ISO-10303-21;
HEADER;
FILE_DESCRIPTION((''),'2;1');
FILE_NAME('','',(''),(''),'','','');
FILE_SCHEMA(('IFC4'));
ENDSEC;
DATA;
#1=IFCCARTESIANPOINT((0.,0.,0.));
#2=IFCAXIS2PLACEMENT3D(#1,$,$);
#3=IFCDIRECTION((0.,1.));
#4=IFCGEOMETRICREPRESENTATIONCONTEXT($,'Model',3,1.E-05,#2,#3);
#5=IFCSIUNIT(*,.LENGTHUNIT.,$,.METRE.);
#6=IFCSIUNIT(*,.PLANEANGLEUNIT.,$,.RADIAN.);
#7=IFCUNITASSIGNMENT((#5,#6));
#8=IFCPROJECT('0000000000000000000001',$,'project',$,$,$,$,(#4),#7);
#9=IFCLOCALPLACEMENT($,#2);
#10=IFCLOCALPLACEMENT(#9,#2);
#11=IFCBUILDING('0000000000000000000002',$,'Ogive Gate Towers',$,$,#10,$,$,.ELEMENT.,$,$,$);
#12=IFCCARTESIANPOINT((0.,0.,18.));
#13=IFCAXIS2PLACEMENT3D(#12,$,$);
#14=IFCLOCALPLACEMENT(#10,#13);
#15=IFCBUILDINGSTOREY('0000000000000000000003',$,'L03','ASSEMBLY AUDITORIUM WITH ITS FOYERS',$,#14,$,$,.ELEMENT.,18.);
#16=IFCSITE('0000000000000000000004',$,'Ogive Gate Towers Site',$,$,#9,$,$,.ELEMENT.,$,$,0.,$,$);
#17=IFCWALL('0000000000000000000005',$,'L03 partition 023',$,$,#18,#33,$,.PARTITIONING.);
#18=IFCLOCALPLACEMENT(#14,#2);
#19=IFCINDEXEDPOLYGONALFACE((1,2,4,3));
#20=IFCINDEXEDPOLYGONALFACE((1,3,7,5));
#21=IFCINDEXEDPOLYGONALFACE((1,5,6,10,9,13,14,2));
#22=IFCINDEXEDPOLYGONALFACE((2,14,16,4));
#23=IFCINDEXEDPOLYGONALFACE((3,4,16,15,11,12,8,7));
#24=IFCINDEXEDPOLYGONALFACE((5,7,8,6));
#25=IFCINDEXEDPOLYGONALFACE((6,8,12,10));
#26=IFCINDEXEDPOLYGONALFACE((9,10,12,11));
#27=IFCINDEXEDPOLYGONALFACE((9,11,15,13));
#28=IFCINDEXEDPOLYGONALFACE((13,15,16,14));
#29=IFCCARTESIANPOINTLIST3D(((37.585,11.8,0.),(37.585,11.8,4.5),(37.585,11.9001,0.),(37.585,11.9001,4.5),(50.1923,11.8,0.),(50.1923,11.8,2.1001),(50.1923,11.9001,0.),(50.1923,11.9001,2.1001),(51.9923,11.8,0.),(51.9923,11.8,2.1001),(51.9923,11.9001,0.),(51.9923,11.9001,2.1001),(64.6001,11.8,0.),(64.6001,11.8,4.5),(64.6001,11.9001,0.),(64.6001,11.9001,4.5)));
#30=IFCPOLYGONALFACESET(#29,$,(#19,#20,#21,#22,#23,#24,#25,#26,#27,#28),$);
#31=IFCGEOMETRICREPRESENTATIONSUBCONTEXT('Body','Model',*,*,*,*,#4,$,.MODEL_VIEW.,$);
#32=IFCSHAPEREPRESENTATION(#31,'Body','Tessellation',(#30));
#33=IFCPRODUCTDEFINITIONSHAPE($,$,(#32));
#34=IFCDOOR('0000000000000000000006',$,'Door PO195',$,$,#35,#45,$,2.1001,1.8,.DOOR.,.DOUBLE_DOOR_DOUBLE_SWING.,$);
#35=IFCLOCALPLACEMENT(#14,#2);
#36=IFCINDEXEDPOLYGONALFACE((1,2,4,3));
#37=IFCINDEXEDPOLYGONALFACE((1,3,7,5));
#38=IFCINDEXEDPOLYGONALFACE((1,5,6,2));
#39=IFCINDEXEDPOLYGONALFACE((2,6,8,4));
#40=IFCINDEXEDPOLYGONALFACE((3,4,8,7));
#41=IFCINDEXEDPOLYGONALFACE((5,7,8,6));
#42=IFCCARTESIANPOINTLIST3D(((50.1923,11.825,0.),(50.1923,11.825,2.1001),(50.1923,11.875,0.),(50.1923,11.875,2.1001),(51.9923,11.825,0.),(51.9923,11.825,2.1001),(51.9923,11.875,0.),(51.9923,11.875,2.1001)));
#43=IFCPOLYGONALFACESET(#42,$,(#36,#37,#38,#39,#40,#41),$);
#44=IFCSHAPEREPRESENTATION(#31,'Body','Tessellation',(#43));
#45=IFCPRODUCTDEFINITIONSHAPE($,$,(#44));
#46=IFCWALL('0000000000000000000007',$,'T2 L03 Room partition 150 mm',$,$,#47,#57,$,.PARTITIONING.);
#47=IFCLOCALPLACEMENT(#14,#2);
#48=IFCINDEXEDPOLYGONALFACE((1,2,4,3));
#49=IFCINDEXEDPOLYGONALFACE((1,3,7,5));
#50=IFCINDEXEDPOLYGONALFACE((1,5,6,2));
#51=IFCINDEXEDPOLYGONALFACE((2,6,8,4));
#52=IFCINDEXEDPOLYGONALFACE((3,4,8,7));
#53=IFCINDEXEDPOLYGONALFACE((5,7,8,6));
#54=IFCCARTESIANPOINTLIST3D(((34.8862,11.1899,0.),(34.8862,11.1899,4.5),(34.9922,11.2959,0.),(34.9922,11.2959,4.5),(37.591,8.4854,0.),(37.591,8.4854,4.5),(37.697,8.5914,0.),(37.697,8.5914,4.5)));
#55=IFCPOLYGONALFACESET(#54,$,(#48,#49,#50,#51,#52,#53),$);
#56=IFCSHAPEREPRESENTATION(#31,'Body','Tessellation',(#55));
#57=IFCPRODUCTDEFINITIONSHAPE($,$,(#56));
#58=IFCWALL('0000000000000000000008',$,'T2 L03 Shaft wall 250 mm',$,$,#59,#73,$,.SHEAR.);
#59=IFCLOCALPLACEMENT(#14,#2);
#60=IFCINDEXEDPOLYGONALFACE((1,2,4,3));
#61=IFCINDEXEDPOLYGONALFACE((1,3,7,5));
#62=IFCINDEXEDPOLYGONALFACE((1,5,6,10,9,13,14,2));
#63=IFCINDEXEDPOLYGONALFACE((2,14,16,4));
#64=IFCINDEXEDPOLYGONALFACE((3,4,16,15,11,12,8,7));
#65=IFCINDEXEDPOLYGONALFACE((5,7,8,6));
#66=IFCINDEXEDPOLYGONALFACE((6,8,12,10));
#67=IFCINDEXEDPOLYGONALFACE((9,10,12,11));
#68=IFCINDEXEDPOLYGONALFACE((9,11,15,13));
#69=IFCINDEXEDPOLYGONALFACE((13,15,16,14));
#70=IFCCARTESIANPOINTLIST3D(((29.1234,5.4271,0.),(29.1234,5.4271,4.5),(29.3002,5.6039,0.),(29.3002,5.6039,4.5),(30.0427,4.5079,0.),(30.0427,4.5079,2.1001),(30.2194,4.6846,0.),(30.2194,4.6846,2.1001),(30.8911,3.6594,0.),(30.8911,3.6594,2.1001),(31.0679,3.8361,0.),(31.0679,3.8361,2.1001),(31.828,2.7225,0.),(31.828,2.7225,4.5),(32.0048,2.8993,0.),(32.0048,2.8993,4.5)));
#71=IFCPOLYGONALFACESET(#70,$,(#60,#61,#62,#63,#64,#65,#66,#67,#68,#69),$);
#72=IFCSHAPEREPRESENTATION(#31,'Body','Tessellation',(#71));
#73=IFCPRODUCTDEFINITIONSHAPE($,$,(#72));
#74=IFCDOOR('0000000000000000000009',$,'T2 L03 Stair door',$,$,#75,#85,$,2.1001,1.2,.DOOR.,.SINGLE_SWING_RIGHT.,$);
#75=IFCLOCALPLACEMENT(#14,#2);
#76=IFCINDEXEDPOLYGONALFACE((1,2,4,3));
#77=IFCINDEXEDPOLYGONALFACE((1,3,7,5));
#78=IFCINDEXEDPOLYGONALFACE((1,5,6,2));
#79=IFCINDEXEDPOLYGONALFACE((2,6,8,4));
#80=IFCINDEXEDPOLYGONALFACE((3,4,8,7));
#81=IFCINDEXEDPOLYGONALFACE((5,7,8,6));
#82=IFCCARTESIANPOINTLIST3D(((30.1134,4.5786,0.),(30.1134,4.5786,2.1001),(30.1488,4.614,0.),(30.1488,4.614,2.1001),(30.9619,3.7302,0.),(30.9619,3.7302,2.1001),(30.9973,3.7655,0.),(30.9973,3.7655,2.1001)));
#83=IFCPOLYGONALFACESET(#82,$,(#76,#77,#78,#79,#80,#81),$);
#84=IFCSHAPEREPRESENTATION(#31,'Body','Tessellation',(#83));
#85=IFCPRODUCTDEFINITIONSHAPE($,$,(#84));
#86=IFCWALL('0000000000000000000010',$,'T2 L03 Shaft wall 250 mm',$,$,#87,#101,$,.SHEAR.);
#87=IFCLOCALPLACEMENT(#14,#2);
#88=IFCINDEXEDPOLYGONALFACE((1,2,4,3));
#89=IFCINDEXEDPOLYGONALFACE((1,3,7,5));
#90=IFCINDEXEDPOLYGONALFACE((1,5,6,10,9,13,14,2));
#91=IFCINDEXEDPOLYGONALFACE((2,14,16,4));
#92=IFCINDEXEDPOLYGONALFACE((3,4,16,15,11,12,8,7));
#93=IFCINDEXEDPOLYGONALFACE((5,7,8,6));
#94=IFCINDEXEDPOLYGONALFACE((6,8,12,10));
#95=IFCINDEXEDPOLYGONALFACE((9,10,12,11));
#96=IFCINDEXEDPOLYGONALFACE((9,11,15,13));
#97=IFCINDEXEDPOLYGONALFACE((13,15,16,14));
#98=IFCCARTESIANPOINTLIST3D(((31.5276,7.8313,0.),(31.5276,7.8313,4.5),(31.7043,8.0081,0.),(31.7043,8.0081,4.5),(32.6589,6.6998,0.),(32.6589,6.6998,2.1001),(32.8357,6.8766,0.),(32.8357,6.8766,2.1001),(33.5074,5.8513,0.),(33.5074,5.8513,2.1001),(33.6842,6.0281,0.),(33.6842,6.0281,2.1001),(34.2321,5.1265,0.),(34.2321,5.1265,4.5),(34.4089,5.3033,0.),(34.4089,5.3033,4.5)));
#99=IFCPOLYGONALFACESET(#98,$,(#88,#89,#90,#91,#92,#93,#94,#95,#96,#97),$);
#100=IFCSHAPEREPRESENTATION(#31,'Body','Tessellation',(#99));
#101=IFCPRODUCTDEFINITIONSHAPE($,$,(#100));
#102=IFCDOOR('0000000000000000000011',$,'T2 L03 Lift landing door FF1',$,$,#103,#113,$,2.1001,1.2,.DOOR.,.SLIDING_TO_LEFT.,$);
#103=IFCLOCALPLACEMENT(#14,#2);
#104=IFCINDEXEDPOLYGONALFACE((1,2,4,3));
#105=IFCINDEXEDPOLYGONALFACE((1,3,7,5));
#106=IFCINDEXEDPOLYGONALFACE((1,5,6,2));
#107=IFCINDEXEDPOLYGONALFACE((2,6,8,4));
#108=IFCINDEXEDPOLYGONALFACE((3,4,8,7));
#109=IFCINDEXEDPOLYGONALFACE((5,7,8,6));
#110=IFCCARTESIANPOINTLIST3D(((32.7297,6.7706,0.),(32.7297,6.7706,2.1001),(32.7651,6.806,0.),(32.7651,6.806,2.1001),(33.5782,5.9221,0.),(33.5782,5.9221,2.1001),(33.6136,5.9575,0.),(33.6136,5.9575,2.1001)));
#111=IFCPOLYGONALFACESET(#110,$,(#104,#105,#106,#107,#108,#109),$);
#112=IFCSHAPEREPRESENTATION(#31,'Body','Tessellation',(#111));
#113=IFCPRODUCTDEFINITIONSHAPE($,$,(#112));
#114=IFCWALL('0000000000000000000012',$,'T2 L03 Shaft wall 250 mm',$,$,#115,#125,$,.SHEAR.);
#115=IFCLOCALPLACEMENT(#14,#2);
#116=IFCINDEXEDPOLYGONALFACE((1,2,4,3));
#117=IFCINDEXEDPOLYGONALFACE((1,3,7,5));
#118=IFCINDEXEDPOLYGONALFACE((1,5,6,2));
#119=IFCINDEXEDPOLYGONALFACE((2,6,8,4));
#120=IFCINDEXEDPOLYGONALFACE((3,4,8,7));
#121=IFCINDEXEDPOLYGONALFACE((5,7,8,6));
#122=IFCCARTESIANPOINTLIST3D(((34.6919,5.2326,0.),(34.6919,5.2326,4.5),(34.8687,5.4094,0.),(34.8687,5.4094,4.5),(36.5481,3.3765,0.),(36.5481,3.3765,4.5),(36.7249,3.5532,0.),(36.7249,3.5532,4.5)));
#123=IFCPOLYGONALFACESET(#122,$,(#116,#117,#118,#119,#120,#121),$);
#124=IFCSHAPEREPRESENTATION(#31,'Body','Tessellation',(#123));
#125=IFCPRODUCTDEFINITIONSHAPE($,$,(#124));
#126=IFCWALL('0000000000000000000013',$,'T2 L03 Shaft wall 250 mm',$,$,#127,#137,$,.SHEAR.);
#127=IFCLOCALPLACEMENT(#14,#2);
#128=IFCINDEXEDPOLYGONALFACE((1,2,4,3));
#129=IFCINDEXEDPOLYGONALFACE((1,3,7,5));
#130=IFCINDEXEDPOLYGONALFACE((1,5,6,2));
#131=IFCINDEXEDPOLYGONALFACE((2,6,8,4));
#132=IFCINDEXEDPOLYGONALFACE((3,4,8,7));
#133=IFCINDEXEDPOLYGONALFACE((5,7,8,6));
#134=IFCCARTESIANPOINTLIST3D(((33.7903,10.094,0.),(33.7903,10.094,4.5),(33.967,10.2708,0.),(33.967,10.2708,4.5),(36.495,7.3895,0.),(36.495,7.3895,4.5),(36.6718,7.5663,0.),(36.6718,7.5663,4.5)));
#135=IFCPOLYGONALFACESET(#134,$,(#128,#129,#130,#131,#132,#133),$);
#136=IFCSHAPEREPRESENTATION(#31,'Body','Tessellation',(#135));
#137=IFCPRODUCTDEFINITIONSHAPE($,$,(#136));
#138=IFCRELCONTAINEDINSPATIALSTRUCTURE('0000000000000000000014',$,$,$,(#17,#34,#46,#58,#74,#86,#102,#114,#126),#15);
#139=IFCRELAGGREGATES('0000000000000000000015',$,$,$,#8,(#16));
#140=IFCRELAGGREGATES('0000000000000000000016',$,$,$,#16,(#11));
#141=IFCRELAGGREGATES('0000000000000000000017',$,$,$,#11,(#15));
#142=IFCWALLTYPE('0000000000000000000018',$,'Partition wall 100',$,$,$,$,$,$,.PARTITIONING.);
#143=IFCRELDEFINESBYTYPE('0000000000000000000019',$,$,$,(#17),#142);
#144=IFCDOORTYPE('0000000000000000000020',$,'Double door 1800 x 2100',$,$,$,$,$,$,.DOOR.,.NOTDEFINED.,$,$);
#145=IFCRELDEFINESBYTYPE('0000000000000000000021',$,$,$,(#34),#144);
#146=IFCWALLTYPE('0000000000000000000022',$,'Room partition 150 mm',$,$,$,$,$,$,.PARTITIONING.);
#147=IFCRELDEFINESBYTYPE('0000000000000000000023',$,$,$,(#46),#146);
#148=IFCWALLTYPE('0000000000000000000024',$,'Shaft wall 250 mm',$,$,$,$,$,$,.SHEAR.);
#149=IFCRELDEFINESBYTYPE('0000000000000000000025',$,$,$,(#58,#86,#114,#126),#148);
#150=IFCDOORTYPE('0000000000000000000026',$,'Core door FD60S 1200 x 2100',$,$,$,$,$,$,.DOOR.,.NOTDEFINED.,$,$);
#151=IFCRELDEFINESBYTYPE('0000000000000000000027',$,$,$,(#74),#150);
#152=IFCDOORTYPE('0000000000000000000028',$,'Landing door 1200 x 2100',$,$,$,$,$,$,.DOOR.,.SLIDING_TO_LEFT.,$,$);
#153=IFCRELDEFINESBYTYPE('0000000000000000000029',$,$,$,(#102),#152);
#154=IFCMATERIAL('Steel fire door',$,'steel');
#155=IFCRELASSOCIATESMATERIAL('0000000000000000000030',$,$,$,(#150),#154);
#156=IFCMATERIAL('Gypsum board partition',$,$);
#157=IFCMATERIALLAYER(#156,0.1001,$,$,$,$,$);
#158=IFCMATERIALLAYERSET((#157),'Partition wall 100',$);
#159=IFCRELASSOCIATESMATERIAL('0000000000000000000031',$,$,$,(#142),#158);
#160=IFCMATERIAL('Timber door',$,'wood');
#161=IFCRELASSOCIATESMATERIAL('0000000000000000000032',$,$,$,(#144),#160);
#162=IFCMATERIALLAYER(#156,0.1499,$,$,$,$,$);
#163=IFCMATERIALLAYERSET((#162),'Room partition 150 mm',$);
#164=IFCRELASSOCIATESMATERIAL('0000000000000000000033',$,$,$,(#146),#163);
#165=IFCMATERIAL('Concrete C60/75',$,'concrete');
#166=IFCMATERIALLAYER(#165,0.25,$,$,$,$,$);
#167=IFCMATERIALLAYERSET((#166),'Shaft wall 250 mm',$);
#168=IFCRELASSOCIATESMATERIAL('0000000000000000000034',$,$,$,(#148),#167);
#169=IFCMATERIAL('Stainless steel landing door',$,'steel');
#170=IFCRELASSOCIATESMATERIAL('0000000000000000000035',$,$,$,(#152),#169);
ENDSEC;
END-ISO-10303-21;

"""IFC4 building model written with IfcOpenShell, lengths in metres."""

from ifc_helpers import new_model, si_unit, direction, frame, frame_2d, origin, place, context, subcontext, project, spatial, rectangle, extrude, material, layer, layer_set, type_object, element, fill, save


model = new_model("IFC4")

# Units and contexts
model_context = context("Model", 3, precision=1e-05, world=origin(), true_north=direction((0.0, 1.0)))
body_context = subcontext(model_context, "Body", "Model", "MODEL_VIEW")
ifc_project = project(units=[si_unit("LENGTHUNIT", "METRE"), si_unit("PLANEANGLEUNIT", "RADIAN")], contexts=[model_context])

# Site, building, storey
site_placement = place(None, origin())
site = spatial("IfcSite", under=ifc_project, at=site_placement, Name="Ogive Gate Towers Site", CompositionType="ELEMENT", RefElevation=0.0)
building_placement = place(site_placement, origin())
building = spatial("IfcBuilding", under=site, at=building_placement, Name="Ogive Gate Towers", CompositionType="ELEMENT")
storey_placement = place(building_placement, frame((0.0, 0.0, 18.0)))
storey = spatial("IfcBuildingStorey", under=building, at=storey_placement, Name="L03", Description="ASSEMBLY AUDITORIUM WITH ITS FOYERS", CompositionType="ELEMENT", Elevation=18.0)

# Shared definitions
ifc_material_1 = material(Name="Concrete C60/75", Category="concrete")
ifc_material_2 = material(Name="Timber door", Category="wood")
ifc_material_3 = material(Name="Steel fire door", Category="steel")
door_type_1 = type_object("IfcDoorType", Name="Core door FD60S 1200 x 2100", OperationType="NOTDEFINED", PredefinedType="DOOR", material=ifc_material_3)

# Wall, opening, door
ifc_material_4 = material(Name="Gypsum board partition")
ifc_layer_1 = layer(ifc_material_4, 0.1001)
ifc_layer_set_1 = layer_set([ifc_layer_1], Name="Partition wall 100")
wall_type_1 = type_object("IfcWallType", Name="Partition wall 100", PredefinedType="PARTITIONING", material=ifc_layer_set_1)
wall_1_placement = place(storey_placement, frame((37.585, 11.8501, 0.0), z_axis=(0.0, 0.0, 1.0), x_axis=(1.0, 0.0, 0.0)))
wall_1 = element("IfcWall", 1, at=wall_1_placement, inside=storey, type_object=wall_type_1, Name="L03 partition 023", PredefinedType="PARTITIONING", context=body_context, shape_type="SweptSolid", body=[
    extrude(rectangle(XDim=27.0151, YDim=0.1001, at=frame_2d((13.5076, 0.0))), origin(), (0.0, 0.0, 1.0), 4.5),
])
opening_1_placement = place(wall_1_placement, frame((12.6074, 0.0, 0.0)))
opening_1 = element("IfcOpeningElement", 2, at=opening_1_placement, cuts=wall_1, PredefinedType="OPENING", context=body_context, shape_type="SweptSolid", body=[
    extrude(rectangle(XDim=1.8, YDim=2.1001, at=frame_2d((0.8999, 1.05))), frame((0.0, 0.0601, 0.0), z_axis=(0.0, -1.0, 0.0), x_axis=(1.0, 0.0, 0.0)), (0.0, 0.0, 1.0), 0.1201),
])
door_type_2 = type_object("IfcDoorType", Name="Double door 1800 x 2100", OperationType="NOTDEFINED", PredefinedType="DOOR", material=ifc_material_2)
door_1_placement = place(opening_1_placement, origin())
door_1 = element("IfcDoor", 3, at=door_1_placement, inside=storey, type_object=door_type_2, Name="Door PO195", OperationType="DOUBLE_DOOR_DOUBLE_SWING", OverallHeight=2.1001, OverallWidth=1.8, PredefinedType="DOOR", context=body_context, shape_type="SweptSolid", body=[
    extrude(rectangle(XDim=1.8, YDim=2.1001, at=frame_2d((0.8999, 1.05))), frame((0.0, 0.0249, 0.0), z_axis=(0.0, -1.0, 0.0), x_axis=(1.0, 0.0, 0.0)), (0.0, 0.0, 1.0), 0.05),
])
fill(opening_1, door_1)

# Wall
ifc_layer_2 = layer(ifc_material_4, 0.1499)
ifc_layer_set_2 = layer_set([ifc_layer_2], Name="Room partition 150 mm")
wall_type_2 = type_object("IfcWallType", Name="Room partition 150 mm", PredefinedType="PARTITIONING", material=ifc_layer_set_2)
wall_2_placement = place(storey_placement, frame((37.644, 8.5383, 0.0), z_axis=(0.0, 0.0, 1.0), x_axis=(-0.707139, 0.707075, 0.0)))
element("IfcWall", 4, at=wall_2_placement, inside=storey, type_object=wall_type_2, Name="T2 L03 Room partition 150 mm", PredefinedType="PARTITIONING", context=body_context, shape_type="SweptSolid", body=[
    extrude(rectangle(XDim=3.825, YDim=0.1499, at=frame_2d((1.9126, 0.0))), origin(), (0.0, 0.0, 1.0), 4.5),
])

# Walls, openings, doors
ifc_layer_3 = layer(ifc_material_1, 0.25)
ifc_layer_set_3 = layer_set([ifc_layer_3], Name="Shaft wall 250 mm")
wall_type_3 = type_object("IfcWallType", Name="Shaft wall 250 mm", PredefinedType="SHEAR", material=ifc_layer_set_3)
wall_3_placement = place(storey_placement, frame((31.9165, 2.8108, 0.0), z_axis=(0.0, 0.0, 1.0), x_axis=(-0.707107, 0.707107, 0.0)))
wall_3 = element("IfcWall", 5, at=wall_3_placement, inside=storey, type_object=wall_type_3, Name="T2 L03 Shaft wall 250 mm", PredefinedType="SHEAR", context=body_context, shape_type="SweptSolid", body=[
    extrude(rectangle(XDim=3.825, YDim=0.25, at=frame_2d((1.9126, 0.0))), origin(), (0.0, 0.0, 1.0), 4.5),
])
opening_2_placement = place(wall_3_placement, frame((1.325, 0.0, 0.0)))
opening_2 = element("IfcOpeningElement", 6, at=opening_2_placement, cuts=wall_3, PredefinedType="OPENING", context=body_context, shape_type="SweptSolid", body=[
    extrude(rectangle(XDim=1.2, YDim=2.1001, at=frame_2d((0.6001, 1.05))), frame((0.0, 0.135, 0.0), z_axis=(0.0, -1.0, 0.0), x_axis=(1.0, 0.0, 0.0)), (0.0, 0.0, 1.0), 0.27),
])
door_2_placement = place(opening_2_placement, origin())
door_2 = element("IfcDoor", 7, at=door_2_placement, inside=storey, type_object=door_type_1, Name="T2 L03 Stair door", OperationType="SINGLE_SWING_RIGHT", OverallHeight=2.1001, OverallWidth=1.2, PredefinedType="DOOR", context=body_context, shape_type="SweptSolid", body=[
    extrude(rectangle(XDim=1.2, YDim=2.1001, at=frame_2d((0.6001, 1.05))), frame((0.0, 0.0249, 0.0), z_axis=(0.0, -1.0, 0.0), x_axis=(1.0, 0.0, 0.0)), (0.0, 0.0, 1.0), 0.05),
])
fill(opening_2, door_2)
wall_4_placement = place(storey_placement, frame((34.3206, 5.2148, 0.0), z_axis=(0.0, 0.0, 1.0), x_axis=(-0.707075, 0.707139, 0.0)))
wall_4 = element("IfcWall", 8, at=wall_4_placement, inside=storey, type_object=wall_type_3, Name="T2 L03 Shaft wall 250 mm", PredefinedType="SHEAR", context=body_context, shape_type="SweptSolid", body=[
    extrude(rectangle(XDim=3.825, YDim=0.25, at=frame_2d((1.9126, 0.0))), origin(), (0.0, 0.0, 1.0), 4.5),
])
opening_3_placement = place(wall_4_placement, frame((1.0249, 0.0, 0.0)))
opening_3 = element("IfcOpeningElement", 9, at=opening_3_placement, cuts=wall_4, PredefinedType="OPENING", context=body_context, shape_type="SweptSolid", body=[
    extrude(rectangle(XDim=1.2, YDim=2.1001, at=frame_2d((0.6001, 1.05))), frame((0.0, 0.135, 0.0), z_axis=(0.0, -1.0, 0.0), x_axis=(1.0, 0.0, 0.0)), (0.0, 0.0, 1.0), 0.27),
])
ifc_material_5 = material(Name="Stainless steel landing door", Category="steel")
door_type_3 = type_object("IfcDoorType", Name="Landing door 1200 x 2100", OperationType="SLIDING_TO_LEFT", PredefinedType="DOOR", material=ifc_material_5)
door_3_placement = place(opening_3_placement, origin())
door_3 = element("IfcDoor", 10, at=door_3_placement, inside=storey, type_object=door_type_3, Name="T2 L03 Lift landing door FF1", OperationType="SLIDING_TO_LEFT", OverallHeight=2.1001, OverallWidth=1.2, PredefinedType="DOOR", context=body_context, shape_type="SweptSolid", body=[
    extrude(rectangle(XDim=1.2, YDim=2.1001, at=frame_2d((0.6001, 1.05))), frame((0.0, 0.0249, 0.0), z_axis=(0.0, -1.0, 0.0), x_axis=(1.0, 0.0, 0.0)), (0.0, 0.0, 1.0), 0.05),
])
fill(opening_3, door_3)

# Walls
wall_5_placement = place(storey_placement, frame((36.6365, 3.4648, 0.0), z_axis=(0.0, 0.0, 1.0), x_axis=(-0.707107, 0.707107, 0.0)))
element("IfcWall", 11, at=wall_5_placement, inside=storey, type_object=wall_type_3, Name="T2 L03 Shaft wall 250 mm", PredefinedType="SHEAR", context=body_context, shape_type="SweptSolid", body=[
    extrude(rectangle(XDim=2.625, YDim=0.25, at=frame_2d((1.3125, 0.0))), origin(), (0.0, 0.0, 1.0), 4.5),
])
wall_6_placement = place(storey_placement, frame((36.5835, 7.4778, 0.0), z_axis=(0.0, 0.0, 1.0), x_axis=(-0.707139, 0.707075, 0.0)))
element("IfcWall", 12, at=wall_6_placement, inside=storey, type_object=wall_type_3, Name="T2 L03 Shaft wall 250 mm", PredefinedType="SHEAR", context=body_context, shape_type="SweptSolid", body=[
    extrude(rectangle(XDim=3.825, YDim=0.25, at=frame_2d((1.9126, 0.0))), origin(), (0.0, 0.0, 1.0), 4.5),
])

save(model, "model.ifc")
